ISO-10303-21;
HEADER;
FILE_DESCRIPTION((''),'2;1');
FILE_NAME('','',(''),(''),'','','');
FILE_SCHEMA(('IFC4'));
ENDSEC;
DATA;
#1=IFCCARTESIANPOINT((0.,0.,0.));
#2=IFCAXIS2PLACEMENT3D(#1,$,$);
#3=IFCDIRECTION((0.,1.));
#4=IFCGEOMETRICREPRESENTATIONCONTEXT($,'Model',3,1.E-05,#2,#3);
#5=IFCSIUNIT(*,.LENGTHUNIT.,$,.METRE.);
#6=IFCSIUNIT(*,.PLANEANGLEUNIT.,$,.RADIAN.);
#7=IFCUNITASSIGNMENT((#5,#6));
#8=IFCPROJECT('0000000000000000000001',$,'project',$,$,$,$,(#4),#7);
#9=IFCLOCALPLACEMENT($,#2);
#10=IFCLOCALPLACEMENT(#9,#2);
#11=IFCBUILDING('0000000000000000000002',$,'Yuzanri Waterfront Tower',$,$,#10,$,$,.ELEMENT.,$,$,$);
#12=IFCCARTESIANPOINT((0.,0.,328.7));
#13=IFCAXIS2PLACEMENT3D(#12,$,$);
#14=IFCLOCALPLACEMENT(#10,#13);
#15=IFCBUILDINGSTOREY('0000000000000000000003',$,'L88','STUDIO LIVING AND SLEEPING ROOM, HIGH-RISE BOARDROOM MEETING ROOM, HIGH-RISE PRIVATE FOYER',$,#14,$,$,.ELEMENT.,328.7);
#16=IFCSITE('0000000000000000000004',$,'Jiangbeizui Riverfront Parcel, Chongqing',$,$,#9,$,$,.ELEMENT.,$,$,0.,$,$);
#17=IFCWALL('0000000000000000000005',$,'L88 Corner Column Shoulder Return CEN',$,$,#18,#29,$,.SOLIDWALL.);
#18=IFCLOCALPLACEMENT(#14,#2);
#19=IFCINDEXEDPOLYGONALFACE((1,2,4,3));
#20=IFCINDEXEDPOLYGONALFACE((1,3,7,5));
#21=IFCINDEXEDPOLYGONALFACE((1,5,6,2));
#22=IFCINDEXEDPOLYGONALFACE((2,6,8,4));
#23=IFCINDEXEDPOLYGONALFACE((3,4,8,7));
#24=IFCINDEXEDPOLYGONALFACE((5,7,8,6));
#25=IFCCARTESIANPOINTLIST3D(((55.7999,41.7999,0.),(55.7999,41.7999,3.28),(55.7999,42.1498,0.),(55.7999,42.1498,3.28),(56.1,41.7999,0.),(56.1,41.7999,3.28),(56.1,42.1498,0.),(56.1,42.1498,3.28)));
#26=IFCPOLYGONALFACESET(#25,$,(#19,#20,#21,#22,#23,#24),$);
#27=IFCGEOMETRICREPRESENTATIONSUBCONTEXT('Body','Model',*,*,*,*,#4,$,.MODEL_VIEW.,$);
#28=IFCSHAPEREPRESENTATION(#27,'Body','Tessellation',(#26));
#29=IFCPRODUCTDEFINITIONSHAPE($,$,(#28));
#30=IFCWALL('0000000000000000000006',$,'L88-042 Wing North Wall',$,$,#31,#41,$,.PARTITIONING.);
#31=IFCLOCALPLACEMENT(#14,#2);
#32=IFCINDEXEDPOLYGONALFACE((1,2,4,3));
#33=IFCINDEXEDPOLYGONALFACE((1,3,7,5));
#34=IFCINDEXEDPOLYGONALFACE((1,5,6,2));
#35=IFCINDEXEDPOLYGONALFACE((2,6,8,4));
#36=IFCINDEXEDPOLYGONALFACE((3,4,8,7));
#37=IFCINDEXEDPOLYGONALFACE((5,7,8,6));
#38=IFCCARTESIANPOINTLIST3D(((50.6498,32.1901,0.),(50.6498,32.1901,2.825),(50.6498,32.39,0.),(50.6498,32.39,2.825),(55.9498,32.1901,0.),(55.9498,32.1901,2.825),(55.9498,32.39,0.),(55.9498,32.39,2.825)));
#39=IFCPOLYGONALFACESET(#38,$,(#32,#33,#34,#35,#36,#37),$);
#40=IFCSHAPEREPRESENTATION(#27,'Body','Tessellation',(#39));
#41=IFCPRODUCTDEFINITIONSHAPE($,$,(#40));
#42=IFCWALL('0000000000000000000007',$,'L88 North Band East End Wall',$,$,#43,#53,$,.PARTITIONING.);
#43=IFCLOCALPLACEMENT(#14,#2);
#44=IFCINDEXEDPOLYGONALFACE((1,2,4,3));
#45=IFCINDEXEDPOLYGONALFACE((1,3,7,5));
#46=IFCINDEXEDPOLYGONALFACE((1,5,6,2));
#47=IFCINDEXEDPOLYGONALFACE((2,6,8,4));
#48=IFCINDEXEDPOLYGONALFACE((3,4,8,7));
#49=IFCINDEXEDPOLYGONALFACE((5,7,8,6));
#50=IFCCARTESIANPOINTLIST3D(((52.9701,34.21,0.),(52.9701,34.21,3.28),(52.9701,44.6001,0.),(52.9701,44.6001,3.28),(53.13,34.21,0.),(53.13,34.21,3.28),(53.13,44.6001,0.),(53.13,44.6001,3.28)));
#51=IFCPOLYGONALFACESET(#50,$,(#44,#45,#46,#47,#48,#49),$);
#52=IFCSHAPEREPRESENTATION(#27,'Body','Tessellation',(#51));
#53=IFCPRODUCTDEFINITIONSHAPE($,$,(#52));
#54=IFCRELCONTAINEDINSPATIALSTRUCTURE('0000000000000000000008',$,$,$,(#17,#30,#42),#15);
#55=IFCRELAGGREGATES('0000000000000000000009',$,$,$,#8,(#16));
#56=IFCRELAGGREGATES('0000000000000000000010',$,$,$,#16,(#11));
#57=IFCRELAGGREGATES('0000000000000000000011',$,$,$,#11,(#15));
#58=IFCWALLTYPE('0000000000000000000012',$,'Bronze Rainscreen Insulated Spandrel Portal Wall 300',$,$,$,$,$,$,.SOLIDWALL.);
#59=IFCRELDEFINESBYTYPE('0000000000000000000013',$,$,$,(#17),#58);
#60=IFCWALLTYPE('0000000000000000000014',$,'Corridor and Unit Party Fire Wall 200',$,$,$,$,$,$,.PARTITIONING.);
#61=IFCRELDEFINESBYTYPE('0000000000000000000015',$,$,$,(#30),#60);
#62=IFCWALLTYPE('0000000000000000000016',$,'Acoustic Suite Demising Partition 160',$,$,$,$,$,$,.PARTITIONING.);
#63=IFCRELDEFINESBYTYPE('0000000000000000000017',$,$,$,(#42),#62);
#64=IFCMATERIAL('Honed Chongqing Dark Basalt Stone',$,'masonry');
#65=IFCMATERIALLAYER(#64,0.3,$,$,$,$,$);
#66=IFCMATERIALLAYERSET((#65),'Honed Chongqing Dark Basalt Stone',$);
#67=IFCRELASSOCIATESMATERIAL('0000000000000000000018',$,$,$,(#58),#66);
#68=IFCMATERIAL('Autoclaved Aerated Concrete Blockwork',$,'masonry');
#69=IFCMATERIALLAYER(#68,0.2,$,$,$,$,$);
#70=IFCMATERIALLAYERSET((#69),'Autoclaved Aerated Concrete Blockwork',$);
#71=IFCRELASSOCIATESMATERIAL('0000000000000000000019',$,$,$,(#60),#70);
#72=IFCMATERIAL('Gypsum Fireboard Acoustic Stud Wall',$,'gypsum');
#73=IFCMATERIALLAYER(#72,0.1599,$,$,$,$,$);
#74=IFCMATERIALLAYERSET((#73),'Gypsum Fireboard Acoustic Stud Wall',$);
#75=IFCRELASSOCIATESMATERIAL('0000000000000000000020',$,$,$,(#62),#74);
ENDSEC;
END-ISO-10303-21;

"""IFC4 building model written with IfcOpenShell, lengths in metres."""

from ifc_helpers import new_model, si_unit, direction, frame, frame_2d, origin, place, context, subcontext, project, spatial, rectangle, extrude, source, transform, mapped, material, layer, layer_set, type_object, element, save


model = new_model("IFC4")

# Units and contexts
model_context = context("Model", 3, precision=1e-05, world=origin(), true_north=direction((0.0, 1.0)))
body_context = subcontext(model_context, "Body", "Model", "MODEL_VIEW")
ifc_project = project(units=[si_unit("LENGTHUNIT", "METRE"), si_unit("PLANEANGLEUNIT", "RADIAN")], contexts=[model_context])

# Site, building, storey
site_placement = place(None, origin())
site = spatial("IfcSite", under=ifc_project, at=site_placement, Name="Jiangbeizui Riverfront Parcel, Chongqing", CompositionType="ELEMENT", RefElevation=0.0)
building_placement = place(site_placement, origin())
building = spatial("IfcBuilding", under=site, at=building_placement, Name="Yuzanri Waterfront Tower", CompositionType="ELEMENT")
storey_placement = place(building_placement, frame((0.0, 0.0, 328.7)))
storey = spatial("IfcBuildingStorey", under=building, at=storey_placement, Name="L88", Description="STUDIO LIVING AND SLEEPING ROOM, HIGH-RISE BOARDROOM MEETING ROOM, HIGH-RISE PRIVATE FOYER", CompositionType="ELEMENT", Elevation=328.7)

# Shared definitions
ifc_material_1 = material(Name="Honed Chongqing Dark Basalt Stone", Category="masonry")
ifc_layer_1 = layer(ifc_material_1, 0.3)
ifc_layer_set_1 = layer_set([ifc_layer_1], Name="Honed Chongqing Dark Basalt Stone")
wall_type_1 = type_object("IfcWallType", Name="Bronze Rainscreen Insulated Spandrel Portal Wall 300", PredefinedType="SOLIDWALL", material=ifc_layer_set_1)

# Walls
shared_shape_1 = source(origin(), body_context, "Body", "SweptSolid", [
    extrude(rectangle(XDim=0.3499, YDim=0.3, at=frame_2d((0.1748, 0.0))), origin(), (0.0, 0.0, 1.0), 3.28),
])
wall_1_placement = place(storey_placement, frame((55.95, 41.8, 0.0), z_axis=(0.0, 0.0, 1.0), x_axis=(0.0, 1.0, 0.0)))
element("IfcWall", 1, at=wall_1_placement, inside=storey, type_object=wall_type_1, Name="L88 Corner Column Shoulder Return CEN", PredefinedType="SOLIDWALL", context=body_context, shape_type="MappedRepresentation", body=[
    mapped(shared_shape_1, transform((0.0, 0.0, 0.0), scale=1.0)),
])
ifc_material_2 = material(Name="Autoclaved Aerated Concrete Blockwork", Category="masonry")
ifc_layer_2 = layer(ifc_material_2, 0.2)
ifc_layer_set_2 = layer_set([ifc_layer_2], Name="Autoclaved Aerated Concrete Blockwork")
wall_type_2 = type_object("IfcWallType", Name="Corridor and Unit Party Fire Wall 200", PredefinedType="PARTITIONING", material=ifc_layer_set_2)
shared_shape_2 = source(origin(), body_context, "Body", "SweptSolid", [
    extrude(rectangle(XDim=5.3, YDim=0.2, at=frame_2d((2.6499, 0.0))), origin(), (0.0, 0.0, 1.0), 2.825),
])
wall_2_placement = place(storey_placement, frame((50.6499, 32.29, 0.0), z_axis=(0.0, 0.0, 1.0), x_axis=(1.0, 0.0, 0.0)))
element("IfcWall", 2, at=wall_2_placement, inside=storey, type_object=wall_type_2, Name="L88-042 Wing North Wall", PredefinedType="PARTITIONING", context=body_context, shape_type="MappedRepresentation", body=[
    mapped(shared_shape_2, transform((0.0, 0.0, 0.0), scale=1.0)),
])
ifc_material_3 = material(Name="Gypsum Fireboard Acoustic Stud Wall", Category="gypsum")
ifc_layer_3 = layer(ifc_material_3, 0.1599)
ifc_layer_set_3 = layer_set([ifc_layer_3], Name="Gypsum Fireboard Acoustic Stud Wall")
wall_type_3 = type_object("IfcWallType", Name="Acoustic Suite Demising Partition 160", PredefinedType="PARTITIONING", material=ifc_layer_set_3)
shared_shape_3 = source(origin(), body_context, "Body", "SweptSolid", [
    extrude(rectangle(XDim=10.3901, YDim=0.1599, at=frame_2d((5.1951, 0.0))), origin(), (0.0, 0.0, 1.0), 3.28),
])
wall_3_placement = place(storey_placement, frame((53.05, 34.21, 0.0), z_axis=(0.0, 0.0, 1.0), x_axis=(0.0, 1.0, 0.0)))
element("IfcWall", 3, at=wall_3_placement, inside=storey, type_object=wall_type_3, Name="L88 North Band East End Wall", PredefinedType="PARTITIONING", context=body_context, shape_type="MappedRepresentation", body=[
    mapped(shared_shape_3, transform((0.0, 0.0, 0.0), scale=1.0)),
])

save(model, "model.ifc")
